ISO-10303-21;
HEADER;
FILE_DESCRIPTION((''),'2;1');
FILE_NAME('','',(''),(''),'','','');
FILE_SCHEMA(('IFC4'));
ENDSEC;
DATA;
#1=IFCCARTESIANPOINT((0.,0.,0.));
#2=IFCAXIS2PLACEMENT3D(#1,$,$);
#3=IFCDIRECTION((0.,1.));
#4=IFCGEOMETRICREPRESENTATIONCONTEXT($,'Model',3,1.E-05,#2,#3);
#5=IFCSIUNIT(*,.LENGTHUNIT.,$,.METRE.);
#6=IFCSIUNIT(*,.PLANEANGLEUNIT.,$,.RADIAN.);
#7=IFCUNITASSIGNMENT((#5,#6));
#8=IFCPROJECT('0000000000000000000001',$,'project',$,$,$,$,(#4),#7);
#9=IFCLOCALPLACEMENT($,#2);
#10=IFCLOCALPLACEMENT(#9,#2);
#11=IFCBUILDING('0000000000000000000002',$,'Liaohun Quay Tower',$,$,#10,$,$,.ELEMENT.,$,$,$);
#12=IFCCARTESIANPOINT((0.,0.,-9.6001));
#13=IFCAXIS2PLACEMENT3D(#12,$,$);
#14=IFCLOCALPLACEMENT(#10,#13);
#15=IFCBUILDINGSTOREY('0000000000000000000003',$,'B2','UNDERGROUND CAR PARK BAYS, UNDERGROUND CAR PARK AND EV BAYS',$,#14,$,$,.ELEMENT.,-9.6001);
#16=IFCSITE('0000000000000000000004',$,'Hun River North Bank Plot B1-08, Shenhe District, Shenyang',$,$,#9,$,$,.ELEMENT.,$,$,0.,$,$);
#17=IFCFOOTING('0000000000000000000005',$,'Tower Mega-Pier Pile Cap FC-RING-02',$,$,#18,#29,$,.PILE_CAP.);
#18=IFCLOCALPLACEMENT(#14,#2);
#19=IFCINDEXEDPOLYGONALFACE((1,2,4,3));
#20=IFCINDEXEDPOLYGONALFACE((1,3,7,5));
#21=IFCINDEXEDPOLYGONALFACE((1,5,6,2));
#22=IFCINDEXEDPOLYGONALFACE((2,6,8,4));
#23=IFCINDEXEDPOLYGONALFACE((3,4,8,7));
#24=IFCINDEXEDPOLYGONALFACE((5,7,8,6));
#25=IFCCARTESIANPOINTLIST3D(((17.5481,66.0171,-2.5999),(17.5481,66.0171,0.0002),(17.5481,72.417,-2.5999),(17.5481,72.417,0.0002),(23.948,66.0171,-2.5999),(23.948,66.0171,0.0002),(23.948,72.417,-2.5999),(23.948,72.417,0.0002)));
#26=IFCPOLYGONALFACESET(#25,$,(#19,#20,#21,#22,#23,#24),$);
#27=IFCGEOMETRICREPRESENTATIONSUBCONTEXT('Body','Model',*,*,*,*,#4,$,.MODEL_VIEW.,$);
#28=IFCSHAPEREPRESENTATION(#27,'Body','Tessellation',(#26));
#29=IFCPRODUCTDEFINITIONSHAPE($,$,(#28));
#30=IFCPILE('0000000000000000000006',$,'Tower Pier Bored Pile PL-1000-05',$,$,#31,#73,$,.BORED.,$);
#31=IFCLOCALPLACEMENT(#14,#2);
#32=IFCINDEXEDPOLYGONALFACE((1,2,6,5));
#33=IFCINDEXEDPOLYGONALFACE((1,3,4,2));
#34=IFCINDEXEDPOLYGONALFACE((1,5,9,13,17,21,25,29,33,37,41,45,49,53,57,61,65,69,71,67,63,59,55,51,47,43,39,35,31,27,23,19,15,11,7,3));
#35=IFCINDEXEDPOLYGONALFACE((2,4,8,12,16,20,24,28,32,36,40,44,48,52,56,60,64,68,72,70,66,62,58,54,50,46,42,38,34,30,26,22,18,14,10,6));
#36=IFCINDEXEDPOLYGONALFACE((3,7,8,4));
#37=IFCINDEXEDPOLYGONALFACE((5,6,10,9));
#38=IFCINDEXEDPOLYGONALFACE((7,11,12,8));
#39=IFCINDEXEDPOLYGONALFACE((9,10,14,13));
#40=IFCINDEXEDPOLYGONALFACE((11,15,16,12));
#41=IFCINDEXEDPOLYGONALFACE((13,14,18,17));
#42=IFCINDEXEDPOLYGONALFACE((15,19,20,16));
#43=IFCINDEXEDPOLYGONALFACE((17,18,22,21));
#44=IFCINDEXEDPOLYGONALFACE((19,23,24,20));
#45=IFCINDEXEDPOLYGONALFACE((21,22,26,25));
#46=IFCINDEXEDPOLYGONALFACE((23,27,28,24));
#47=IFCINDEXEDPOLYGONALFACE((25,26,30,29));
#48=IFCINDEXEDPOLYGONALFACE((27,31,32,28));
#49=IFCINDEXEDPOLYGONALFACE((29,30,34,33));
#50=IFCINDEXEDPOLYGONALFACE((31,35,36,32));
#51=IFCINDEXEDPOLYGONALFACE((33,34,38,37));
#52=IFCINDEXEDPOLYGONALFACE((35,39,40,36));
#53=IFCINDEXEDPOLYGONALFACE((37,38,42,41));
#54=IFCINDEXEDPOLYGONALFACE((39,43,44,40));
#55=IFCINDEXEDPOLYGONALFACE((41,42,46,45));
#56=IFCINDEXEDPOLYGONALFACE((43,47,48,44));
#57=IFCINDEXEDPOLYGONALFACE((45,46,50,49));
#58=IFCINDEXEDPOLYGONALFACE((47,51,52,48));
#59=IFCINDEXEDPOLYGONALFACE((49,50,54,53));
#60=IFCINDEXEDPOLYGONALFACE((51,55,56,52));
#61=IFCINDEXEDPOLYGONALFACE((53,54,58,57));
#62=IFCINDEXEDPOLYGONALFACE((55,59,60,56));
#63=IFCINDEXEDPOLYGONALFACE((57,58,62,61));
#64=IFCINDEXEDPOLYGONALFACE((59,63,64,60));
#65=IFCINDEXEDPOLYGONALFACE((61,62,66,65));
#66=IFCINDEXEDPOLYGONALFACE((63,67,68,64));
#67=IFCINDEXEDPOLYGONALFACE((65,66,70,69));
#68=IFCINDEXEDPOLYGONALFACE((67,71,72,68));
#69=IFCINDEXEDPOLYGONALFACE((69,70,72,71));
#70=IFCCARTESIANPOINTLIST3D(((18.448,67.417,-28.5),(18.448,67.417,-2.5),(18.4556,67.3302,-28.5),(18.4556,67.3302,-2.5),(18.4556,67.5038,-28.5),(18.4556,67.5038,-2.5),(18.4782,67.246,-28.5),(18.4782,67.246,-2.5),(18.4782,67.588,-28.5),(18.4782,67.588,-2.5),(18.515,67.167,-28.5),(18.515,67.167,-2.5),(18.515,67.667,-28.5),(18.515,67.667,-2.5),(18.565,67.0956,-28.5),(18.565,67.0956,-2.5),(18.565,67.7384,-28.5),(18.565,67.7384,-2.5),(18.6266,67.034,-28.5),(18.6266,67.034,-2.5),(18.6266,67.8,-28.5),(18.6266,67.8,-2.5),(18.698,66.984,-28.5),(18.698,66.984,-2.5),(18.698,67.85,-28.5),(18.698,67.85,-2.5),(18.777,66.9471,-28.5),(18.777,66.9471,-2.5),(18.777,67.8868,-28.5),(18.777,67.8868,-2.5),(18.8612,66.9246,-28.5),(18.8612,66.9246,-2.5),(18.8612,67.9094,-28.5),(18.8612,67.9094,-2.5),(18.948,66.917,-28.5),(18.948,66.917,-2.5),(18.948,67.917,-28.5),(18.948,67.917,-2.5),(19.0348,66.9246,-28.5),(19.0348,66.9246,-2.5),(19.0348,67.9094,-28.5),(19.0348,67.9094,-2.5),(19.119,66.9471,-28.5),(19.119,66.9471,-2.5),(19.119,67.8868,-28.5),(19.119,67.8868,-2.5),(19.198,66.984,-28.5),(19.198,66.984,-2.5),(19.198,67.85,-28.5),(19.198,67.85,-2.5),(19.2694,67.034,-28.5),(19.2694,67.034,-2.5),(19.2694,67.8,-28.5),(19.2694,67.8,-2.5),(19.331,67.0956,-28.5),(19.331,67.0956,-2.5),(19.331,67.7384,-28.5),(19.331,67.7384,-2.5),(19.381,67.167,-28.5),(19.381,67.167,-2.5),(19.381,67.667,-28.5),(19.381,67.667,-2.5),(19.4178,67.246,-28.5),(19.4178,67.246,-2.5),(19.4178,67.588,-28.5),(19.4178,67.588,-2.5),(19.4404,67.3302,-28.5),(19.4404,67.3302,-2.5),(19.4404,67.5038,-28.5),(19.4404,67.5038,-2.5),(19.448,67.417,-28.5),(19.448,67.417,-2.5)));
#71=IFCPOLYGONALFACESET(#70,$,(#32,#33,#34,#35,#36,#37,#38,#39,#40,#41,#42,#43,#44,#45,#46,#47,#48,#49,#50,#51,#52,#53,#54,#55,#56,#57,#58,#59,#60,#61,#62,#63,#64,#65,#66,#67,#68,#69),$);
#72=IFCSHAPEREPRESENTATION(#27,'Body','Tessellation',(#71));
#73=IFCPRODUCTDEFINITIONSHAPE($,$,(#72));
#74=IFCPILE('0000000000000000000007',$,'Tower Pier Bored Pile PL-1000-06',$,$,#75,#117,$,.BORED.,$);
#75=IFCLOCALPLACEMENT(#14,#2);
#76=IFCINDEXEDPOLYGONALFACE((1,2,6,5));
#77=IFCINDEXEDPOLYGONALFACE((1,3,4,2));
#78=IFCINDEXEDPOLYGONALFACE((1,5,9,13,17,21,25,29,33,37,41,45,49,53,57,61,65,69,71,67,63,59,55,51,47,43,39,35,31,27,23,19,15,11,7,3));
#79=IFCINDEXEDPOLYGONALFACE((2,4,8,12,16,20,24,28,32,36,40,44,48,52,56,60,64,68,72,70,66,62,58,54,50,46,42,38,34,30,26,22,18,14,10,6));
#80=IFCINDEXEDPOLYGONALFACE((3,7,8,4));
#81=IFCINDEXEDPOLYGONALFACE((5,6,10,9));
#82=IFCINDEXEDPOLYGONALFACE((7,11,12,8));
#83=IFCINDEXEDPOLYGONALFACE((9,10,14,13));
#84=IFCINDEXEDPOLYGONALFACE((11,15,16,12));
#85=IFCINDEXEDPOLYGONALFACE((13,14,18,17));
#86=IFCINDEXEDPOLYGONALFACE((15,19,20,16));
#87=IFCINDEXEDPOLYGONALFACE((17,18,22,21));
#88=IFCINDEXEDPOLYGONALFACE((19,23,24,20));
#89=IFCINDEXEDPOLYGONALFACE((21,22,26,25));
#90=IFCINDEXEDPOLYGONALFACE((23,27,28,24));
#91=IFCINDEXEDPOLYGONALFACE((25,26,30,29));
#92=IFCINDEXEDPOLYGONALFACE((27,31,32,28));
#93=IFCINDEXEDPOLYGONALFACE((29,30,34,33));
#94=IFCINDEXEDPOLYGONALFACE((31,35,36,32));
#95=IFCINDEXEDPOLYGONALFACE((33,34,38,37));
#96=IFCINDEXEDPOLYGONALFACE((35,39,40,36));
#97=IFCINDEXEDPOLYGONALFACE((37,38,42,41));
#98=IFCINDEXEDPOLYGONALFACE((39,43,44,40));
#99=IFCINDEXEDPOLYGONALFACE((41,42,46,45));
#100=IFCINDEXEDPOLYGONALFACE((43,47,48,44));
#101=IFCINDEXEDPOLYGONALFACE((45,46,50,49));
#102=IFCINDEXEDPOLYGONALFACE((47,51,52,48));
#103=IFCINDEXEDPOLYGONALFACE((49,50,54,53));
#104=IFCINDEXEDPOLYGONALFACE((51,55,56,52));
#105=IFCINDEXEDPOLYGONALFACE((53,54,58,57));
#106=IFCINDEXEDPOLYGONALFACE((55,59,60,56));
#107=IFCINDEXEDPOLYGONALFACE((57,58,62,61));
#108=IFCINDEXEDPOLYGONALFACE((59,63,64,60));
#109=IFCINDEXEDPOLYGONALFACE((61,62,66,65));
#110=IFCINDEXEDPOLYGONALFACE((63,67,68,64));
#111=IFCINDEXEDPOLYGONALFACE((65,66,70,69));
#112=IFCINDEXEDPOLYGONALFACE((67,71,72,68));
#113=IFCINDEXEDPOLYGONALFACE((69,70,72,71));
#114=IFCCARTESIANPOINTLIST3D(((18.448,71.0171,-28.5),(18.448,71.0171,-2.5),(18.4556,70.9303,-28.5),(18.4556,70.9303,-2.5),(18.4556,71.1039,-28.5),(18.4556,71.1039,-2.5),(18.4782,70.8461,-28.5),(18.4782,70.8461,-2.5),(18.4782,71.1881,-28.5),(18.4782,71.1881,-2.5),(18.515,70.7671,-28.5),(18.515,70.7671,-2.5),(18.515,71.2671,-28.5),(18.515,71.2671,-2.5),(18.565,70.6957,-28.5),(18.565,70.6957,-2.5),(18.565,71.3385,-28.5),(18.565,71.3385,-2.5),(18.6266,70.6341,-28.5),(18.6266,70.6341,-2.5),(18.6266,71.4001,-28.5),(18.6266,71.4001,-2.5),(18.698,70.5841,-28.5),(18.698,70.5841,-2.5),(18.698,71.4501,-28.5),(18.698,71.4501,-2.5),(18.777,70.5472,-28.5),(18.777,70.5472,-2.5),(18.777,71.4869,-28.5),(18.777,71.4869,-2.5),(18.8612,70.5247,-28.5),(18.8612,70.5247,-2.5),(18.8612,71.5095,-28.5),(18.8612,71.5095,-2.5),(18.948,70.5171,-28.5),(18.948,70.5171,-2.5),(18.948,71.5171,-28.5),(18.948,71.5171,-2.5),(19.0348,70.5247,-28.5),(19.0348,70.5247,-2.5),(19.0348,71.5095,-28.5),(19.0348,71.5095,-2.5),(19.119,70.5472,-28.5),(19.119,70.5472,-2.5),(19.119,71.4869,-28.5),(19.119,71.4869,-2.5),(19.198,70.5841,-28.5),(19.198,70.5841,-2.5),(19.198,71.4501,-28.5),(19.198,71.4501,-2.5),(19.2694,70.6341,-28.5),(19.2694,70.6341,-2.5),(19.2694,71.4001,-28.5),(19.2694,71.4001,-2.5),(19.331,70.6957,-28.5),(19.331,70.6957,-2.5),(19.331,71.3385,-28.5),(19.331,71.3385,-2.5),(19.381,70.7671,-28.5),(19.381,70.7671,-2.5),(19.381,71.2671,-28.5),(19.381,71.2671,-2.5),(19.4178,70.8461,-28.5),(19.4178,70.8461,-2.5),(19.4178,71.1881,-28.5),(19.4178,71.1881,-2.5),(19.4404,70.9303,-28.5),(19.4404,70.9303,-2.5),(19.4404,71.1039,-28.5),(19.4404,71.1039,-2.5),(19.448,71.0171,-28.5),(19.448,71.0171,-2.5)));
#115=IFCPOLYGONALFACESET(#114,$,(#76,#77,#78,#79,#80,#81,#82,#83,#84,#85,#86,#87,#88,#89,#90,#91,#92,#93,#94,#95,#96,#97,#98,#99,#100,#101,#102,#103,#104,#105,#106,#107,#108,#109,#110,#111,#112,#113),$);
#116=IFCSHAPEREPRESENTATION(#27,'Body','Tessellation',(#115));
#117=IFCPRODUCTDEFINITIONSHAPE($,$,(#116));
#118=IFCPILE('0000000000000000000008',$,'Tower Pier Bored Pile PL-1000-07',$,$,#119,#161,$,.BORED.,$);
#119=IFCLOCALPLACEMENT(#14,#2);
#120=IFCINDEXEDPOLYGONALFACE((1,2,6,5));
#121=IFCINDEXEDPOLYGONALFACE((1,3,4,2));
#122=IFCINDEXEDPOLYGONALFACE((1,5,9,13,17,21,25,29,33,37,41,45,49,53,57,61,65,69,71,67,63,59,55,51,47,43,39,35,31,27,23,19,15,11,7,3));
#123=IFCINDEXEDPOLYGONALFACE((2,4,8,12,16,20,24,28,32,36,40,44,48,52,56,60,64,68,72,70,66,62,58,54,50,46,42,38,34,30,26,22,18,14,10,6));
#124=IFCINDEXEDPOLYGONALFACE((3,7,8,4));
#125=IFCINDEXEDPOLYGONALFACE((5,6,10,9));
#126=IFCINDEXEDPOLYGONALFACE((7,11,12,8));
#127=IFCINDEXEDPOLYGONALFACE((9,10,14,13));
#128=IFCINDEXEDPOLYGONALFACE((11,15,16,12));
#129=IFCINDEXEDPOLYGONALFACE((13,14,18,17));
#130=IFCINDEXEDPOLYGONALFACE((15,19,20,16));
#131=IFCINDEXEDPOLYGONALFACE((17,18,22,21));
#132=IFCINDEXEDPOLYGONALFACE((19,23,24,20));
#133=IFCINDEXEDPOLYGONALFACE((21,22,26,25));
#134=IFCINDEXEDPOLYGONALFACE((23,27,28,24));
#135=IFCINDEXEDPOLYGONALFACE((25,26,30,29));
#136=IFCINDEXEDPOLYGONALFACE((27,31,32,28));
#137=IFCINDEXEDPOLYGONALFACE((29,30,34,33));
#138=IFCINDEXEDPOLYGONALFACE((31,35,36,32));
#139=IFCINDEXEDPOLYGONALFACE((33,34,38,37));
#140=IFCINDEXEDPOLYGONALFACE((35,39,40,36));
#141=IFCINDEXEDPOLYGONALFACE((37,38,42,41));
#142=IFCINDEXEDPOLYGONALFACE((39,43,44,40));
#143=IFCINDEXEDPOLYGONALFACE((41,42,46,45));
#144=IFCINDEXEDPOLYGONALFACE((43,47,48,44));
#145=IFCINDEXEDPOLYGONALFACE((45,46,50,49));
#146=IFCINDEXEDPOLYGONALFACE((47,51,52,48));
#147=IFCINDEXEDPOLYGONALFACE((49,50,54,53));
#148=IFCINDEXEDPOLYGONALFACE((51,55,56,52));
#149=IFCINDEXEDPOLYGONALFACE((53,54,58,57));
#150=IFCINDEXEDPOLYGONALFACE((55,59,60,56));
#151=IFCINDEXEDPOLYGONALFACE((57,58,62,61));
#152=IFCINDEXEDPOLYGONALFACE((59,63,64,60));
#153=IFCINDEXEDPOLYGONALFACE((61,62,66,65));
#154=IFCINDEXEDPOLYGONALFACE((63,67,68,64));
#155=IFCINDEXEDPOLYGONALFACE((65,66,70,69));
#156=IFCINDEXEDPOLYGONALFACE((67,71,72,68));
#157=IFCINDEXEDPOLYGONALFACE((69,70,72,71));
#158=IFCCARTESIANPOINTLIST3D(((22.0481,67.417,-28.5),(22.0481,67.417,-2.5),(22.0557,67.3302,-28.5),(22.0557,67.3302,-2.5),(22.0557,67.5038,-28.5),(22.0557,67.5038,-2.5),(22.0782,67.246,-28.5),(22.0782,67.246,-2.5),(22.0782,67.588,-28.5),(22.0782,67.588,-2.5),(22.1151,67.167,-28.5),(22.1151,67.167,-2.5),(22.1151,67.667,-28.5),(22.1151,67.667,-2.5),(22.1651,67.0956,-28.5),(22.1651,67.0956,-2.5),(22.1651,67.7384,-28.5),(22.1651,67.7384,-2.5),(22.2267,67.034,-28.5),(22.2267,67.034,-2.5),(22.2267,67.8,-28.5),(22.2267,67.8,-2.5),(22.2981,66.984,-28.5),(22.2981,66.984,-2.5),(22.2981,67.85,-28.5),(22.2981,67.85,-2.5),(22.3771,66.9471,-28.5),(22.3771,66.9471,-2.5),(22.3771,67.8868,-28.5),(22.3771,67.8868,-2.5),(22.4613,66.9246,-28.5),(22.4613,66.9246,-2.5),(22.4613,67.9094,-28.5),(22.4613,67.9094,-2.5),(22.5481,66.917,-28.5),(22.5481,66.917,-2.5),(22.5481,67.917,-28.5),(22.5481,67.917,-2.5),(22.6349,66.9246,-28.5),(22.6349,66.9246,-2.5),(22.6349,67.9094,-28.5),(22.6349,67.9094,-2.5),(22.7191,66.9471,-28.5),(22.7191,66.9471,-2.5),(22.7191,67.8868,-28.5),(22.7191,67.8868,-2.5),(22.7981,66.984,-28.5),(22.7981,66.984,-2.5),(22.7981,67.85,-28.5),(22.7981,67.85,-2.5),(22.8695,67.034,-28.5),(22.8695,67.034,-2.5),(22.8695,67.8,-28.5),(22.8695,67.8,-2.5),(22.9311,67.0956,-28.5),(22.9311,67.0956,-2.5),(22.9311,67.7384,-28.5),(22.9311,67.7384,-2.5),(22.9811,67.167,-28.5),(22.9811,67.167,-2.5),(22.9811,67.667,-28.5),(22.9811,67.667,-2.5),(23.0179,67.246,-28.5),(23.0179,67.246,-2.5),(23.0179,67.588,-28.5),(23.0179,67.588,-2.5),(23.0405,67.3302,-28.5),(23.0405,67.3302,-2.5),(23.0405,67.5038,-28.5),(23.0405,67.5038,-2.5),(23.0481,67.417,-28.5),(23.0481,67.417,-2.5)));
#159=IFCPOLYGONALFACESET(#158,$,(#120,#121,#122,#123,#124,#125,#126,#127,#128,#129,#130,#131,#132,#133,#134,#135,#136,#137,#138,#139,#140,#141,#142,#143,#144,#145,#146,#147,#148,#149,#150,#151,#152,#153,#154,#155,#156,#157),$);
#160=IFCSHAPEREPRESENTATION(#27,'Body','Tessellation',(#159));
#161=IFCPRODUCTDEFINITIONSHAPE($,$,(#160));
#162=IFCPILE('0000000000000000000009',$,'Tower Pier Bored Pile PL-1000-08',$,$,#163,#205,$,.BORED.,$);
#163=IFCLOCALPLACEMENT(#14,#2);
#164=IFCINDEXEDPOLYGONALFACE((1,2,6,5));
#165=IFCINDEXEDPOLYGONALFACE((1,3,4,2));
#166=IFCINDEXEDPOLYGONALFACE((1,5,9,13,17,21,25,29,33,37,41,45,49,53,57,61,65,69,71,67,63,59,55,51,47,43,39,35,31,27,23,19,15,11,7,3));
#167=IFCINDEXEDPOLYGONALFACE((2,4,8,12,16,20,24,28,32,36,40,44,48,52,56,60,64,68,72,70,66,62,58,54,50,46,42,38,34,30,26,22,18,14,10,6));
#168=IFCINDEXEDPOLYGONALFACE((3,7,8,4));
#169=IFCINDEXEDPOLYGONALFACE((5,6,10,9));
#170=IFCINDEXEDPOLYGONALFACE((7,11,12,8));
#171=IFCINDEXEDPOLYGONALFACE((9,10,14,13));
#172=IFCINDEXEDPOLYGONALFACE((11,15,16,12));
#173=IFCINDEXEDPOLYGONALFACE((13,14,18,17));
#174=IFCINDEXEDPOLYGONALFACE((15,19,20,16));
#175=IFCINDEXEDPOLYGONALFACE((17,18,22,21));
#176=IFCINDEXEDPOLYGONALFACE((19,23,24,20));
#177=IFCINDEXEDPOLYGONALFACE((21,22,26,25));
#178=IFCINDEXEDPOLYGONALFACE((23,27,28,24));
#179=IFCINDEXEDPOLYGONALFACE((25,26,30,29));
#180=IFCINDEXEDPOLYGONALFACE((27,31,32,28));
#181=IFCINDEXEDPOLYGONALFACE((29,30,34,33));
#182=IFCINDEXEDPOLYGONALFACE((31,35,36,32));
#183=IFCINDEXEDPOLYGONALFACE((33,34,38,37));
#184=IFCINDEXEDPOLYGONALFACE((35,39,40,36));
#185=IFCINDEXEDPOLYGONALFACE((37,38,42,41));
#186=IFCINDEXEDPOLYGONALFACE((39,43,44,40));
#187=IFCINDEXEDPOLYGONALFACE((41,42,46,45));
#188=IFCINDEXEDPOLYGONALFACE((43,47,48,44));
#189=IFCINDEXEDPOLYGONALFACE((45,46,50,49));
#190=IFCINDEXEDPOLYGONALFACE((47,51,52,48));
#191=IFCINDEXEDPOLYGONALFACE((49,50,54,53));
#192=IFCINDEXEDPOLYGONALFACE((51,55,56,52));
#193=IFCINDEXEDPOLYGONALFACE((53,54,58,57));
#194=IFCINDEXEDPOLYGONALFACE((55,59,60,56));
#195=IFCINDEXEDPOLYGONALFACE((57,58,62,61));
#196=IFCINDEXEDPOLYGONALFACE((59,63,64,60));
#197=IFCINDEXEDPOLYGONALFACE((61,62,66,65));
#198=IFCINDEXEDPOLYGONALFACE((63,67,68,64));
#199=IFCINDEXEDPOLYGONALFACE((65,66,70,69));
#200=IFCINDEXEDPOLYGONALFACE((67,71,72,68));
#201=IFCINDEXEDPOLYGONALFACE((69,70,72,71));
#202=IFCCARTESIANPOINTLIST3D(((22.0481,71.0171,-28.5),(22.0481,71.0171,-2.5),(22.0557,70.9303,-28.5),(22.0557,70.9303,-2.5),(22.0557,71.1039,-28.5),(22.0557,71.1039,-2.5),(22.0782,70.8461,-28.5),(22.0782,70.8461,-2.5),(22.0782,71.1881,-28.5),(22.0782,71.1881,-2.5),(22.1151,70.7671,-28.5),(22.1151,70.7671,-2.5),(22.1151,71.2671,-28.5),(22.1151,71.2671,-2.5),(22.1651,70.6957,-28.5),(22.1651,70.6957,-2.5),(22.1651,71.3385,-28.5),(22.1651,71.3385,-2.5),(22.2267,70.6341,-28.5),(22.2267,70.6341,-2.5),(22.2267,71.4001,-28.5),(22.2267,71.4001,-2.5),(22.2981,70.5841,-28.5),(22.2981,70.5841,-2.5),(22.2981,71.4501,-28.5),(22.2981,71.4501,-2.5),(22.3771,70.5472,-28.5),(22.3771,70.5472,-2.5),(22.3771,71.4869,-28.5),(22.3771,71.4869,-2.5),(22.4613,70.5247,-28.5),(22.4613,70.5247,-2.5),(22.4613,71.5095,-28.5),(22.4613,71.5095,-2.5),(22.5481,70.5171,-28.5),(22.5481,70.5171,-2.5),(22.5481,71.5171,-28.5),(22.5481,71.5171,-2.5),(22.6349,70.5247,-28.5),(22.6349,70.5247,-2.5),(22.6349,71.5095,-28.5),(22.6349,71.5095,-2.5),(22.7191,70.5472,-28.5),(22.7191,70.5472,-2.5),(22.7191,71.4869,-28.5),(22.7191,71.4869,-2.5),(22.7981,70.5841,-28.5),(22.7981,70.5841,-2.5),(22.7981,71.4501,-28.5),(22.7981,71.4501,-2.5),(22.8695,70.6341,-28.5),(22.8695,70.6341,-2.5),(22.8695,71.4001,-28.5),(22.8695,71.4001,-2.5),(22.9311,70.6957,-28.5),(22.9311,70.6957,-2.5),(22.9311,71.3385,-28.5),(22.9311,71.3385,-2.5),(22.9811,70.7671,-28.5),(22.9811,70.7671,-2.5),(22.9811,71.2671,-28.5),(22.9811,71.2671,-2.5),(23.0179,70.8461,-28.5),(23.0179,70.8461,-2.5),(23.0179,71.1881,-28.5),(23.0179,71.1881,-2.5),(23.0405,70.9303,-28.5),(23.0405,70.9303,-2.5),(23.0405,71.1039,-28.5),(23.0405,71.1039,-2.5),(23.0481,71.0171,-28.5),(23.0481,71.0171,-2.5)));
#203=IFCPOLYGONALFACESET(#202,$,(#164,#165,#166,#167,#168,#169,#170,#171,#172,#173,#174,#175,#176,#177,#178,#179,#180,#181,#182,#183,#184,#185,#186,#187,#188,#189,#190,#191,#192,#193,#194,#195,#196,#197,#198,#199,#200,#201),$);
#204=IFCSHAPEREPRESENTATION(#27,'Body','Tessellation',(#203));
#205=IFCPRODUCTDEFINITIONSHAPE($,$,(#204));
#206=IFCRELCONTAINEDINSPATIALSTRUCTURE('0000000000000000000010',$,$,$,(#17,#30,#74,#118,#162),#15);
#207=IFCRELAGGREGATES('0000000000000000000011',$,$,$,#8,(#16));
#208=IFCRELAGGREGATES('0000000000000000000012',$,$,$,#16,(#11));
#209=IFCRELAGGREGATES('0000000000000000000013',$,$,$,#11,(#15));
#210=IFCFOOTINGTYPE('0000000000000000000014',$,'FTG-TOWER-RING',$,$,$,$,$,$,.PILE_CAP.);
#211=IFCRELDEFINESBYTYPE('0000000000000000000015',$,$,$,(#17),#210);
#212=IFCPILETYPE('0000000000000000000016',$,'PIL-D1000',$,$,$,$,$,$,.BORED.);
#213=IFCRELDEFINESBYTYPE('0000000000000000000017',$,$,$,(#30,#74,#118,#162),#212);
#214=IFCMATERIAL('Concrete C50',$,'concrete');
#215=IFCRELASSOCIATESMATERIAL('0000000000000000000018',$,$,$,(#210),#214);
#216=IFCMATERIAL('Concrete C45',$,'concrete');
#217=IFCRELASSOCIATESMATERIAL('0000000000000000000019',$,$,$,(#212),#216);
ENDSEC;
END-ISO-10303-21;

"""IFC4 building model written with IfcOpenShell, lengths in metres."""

from ifc_helpers import new_model, si_unit, direction, frame, origin, origin_2d, place, context, subcontext, project, spatial, rectangle, circle, extrude, source, transform, mapped, material, material_profile, profile_set, type_object, element, save


model = new_model("IFC4")

# Units and contexts
model_context = context("Model", 3, precision=1e-05, world=origin(), true_north=direction((0.0, 1.0)))
body_context = subcontext(model_context, "Body", "Model", "MODEL_VIEW")
ifc_project = project(units=[si_unit("LENGTHUNIT", "METRE"), si_unit("PLANEANGLEUNIT", "RADIAN")], contexts=[model_context])

# Site, building, storey
site_placement = place(None, origin())
site = spatial("IfcSite", under=ifc_project, at=site_placement, Name="Hun River North Bank Plot B1-08, Shenhe District, Shenyang", CompositionType="ELEMENT", RefElevation=0.0)
building_placement = place(site_placement, origin())
building = spatial("IfcBuilding", under=site, at=building_placement, Name="Liaohun Quay Tower", CompositionType="ELEMENT")
storey_placement = place(building_placement, frame((0.0, 0.0, -9.6001)))
storey = spatial("IfcBuildingStorey", under=building, at=storey_placement, Name="B2", Description="UNDERGROUND CAR PARK BAYS, UNDERGROUND CAR PARK AND EV BAYS", CompositionType="ELEMENT", Elevation=-9.6001)

# Footing
ifc_material_1 = material(Name="Concrete C50", Category="concrete")
footing_type_1 = type_object("IfcFootingType", Name="FTG-TOWER-RING", PredefinedType="PILE_CAP", material=ifc_material_1)
shared_shape_1 = source(origin(), body_context, "Body", "SweptSolid", [
    extrude(rectangle(XDim=6.3999, YDim=6.3999, at=origin_2d()), origin(), (0.0, 0.0, 1.0), 2.6001),
])
footing_placement = place(storey_placement, frame((20.748, 69.217, -2.5999), z_axis=(0.0, 0.0, 1.0), x_axis=(1.0, 0.0, 0.0)))
element("IfcFooting", 1, at=footing_placement, inside=storey, type_object=footing_type_1, Name="Tower Mega-Pier Pile Cap FC-RING-02", PredefinedType="PILE_CAP", context=body_context, shape_type="MappedRepresentation", body=[
    mapped(shared_shape_1, transform((0.0, 0.0, 0.0), x_axis=(1.0, 0.0, 0.0), y_axis=(0.0, 1.0, 0.0), z_axis=(0.0, 0.0, 1.0), scale=1.0)),
])

# Piles
ifc_material_2 = material(Name="Concrete C45", Category="concrete")
ifc_material_profile_1 = material_profile(ifc_material_2, circle(Radius=0.5, at=origin_2d()), Name="PILE-D1000")
ifc_profile_set_1 = profile_set([ifc_material_profile_1], Name="Concrete C45")
pile_type = type_object("IfcPileType", Name="PIL-D1000", PredefinedType="BORED", material=ifc_profile_set_1)
shared_shape_2 = source(origin(), body_context, "Body", "SweptSolid", [
    extrude(circle(Radius=0.5, at=origin_2d()), origin(), (0.0, 0.0, 1.0), 26.0),
])
for number, where, z_axis, x_axis, name in (
    (2, (18.948, 67.417, -2.5), (0.0, 0.0, -1.0), (1.0, 0.0, 0.0), "Tower Pier Bored Pile PL-1000-05"),
    (3, (18.948, 71.0171, -2.5), (0.0, 0.0, -1.0), (1.0, 0.0, 0.0), "Tower Pier Bored Pile PL-1000-06"),
    (4, (22.5481, 67.417, -2.5), (0.0, 0.0, -1.0), (1.0, 0.0, 0.0), "Tower Pier Bored Pile PL-1000-07"),
    (5, (22.5481, 71.0171, -2.5), (0.0, 0.0, -1.0), (1.0, 0.0, 0.0), "Tower Pier Bored Pile PL-1000-08"),
):
    element("IfcPile", number, at=place(storey_placement, frame(where, z_axis=z_axis, x_axis=x_axis)), inside=storey, type_object=pile_type, Name=name, PredefinedType="BORED", context=body_context, shape_type="MappedRepresentation", body=[
        mapped(shared_shape_2, transform((0.0, 0.0, 0.0), x_axis=(1.0, 0.0, 0.0), y_axis=(0.0, 1.0, 0.0), z_axis=(0.0, 0.0, 1.0), scale=1.0)),
    ])

save(model, "model.ifc")
